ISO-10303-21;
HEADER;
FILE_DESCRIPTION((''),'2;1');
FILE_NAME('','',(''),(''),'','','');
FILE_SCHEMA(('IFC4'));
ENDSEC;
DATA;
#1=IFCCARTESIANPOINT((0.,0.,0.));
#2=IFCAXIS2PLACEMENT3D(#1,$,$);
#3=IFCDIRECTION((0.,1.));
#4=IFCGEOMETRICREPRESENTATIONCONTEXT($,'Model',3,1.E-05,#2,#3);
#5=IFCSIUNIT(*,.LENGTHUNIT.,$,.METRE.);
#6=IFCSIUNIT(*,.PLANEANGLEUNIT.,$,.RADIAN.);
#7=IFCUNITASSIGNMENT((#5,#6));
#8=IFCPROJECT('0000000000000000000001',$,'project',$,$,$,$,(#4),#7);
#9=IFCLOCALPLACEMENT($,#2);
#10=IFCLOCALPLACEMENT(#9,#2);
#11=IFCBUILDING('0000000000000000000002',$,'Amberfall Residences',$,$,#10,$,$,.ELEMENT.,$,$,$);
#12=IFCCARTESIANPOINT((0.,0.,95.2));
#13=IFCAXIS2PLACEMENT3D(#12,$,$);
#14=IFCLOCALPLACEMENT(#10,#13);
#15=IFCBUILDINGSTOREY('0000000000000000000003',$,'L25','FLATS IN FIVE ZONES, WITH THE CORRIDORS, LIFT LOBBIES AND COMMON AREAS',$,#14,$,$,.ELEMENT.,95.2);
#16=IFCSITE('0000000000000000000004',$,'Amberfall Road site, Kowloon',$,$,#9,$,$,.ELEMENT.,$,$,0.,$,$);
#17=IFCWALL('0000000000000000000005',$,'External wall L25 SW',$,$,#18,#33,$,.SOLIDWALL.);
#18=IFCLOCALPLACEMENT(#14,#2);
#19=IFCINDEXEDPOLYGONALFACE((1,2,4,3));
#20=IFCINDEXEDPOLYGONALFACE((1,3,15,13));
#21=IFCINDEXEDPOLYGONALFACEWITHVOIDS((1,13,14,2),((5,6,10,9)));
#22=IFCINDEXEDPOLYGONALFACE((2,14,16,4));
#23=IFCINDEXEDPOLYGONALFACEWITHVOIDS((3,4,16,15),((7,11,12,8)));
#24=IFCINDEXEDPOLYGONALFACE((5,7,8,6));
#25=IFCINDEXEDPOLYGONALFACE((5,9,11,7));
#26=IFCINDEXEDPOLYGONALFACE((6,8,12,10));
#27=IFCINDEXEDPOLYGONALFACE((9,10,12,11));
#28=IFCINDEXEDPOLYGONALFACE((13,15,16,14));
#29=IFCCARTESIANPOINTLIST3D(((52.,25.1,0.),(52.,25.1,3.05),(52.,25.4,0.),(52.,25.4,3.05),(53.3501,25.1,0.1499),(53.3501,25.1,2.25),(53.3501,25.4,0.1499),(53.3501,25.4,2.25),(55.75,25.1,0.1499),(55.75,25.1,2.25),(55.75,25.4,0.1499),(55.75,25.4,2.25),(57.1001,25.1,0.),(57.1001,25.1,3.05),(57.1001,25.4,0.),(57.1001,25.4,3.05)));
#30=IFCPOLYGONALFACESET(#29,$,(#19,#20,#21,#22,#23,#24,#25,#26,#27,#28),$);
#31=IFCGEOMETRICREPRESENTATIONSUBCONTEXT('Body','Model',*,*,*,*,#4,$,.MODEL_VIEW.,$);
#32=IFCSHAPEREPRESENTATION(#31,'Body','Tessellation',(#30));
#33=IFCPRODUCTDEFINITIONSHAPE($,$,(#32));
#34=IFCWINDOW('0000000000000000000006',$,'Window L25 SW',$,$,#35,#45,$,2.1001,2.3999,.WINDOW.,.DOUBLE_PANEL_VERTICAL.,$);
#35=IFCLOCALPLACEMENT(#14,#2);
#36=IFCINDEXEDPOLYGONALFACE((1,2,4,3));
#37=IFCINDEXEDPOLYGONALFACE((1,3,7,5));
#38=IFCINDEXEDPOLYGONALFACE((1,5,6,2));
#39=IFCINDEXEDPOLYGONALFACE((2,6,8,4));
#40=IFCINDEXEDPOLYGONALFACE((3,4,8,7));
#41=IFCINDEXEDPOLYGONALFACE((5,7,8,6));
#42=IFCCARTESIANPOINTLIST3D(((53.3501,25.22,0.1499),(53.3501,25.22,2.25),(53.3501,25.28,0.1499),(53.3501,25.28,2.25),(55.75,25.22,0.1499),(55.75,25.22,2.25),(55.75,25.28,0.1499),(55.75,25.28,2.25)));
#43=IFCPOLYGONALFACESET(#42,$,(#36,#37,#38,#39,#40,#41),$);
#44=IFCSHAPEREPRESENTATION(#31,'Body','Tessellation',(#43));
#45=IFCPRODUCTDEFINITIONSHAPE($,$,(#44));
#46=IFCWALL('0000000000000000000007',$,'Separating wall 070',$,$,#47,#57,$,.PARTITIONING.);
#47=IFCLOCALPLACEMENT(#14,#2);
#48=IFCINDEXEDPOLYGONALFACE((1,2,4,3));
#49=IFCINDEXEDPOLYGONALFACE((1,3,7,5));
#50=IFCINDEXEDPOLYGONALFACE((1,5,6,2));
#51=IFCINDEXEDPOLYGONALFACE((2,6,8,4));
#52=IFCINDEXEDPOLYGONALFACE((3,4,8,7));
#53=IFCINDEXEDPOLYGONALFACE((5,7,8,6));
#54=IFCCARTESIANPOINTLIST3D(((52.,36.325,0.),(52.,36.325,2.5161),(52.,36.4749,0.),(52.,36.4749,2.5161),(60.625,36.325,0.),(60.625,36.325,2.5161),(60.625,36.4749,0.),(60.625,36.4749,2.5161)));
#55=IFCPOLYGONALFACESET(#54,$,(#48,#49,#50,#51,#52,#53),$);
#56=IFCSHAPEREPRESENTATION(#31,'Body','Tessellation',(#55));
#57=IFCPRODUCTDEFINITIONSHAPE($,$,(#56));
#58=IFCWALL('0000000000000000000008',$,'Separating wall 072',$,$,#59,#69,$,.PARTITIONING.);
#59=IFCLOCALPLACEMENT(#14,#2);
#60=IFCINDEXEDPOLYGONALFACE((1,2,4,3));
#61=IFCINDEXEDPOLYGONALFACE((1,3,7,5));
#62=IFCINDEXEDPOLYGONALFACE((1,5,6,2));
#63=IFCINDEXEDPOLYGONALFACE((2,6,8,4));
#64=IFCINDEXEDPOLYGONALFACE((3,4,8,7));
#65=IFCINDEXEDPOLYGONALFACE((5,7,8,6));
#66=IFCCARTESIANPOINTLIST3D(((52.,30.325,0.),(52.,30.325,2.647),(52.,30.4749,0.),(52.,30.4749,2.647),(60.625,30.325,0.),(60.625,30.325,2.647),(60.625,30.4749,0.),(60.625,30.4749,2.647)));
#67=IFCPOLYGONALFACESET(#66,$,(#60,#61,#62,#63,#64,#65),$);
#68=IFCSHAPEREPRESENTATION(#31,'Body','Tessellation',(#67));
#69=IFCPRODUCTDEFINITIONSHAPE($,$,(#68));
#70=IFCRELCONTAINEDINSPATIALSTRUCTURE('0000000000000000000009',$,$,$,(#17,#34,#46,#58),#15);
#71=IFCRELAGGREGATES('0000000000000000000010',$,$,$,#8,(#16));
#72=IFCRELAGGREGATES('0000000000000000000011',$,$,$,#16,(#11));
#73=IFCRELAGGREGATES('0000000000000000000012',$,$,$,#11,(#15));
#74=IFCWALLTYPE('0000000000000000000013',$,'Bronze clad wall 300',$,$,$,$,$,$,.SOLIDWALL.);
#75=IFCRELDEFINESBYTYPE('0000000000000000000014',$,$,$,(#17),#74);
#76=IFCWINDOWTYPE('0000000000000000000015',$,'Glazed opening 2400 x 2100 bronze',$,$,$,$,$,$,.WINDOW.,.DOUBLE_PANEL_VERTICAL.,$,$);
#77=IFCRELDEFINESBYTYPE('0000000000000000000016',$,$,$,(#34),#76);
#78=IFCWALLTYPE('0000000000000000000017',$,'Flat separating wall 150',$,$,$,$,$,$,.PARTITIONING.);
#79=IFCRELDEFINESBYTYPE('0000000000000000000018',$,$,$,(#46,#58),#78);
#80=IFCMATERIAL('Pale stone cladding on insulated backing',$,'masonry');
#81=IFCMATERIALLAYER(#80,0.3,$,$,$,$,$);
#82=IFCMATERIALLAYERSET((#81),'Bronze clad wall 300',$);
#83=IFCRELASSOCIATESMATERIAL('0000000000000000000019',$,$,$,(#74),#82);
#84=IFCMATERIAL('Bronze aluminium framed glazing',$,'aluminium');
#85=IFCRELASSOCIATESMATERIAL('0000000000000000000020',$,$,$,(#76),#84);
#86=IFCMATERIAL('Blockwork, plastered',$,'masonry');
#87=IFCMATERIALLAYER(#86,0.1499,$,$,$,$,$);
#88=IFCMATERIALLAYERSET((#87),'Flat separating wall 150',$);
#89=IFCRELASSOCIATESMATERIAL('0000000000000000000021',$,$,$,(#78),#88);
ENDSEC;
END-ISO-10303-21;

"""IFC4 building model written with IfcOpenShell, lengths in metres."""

from ifc_helpers import new_model, si_unit, direction, frame, frame_2d, origin, place, context, subcontext, project, spatial, rectangle, extrude, material, layer, layer_set, type_object, element, fill, save


model = new_model("IFC4")

# Units and contexts
model_context = context("Model", 3, precision=1e-05, world=origin(), true_north=direction((0.0, 1.0)))
body_context = subcontext(model_context, "Body", "Model", "MODEL_VIEW")
ifc_project = project(units=[si_unit("LENGTHUNIT", "METRE"), si_unit("PLANEANGLEUNIT", "RADIAN")], contexts=[model_context])

# Site, building, storey
site_placement = place(None, origin())
site = spatial("IfcSite", under=ifc_project, at=site_placement, Name="Amberfall Road site, Kowloon", CompositionType="ELEMENT", RefElevation=0.0)
building_placement = place(site_placement, origin())
building = spatial("IfcBuilding", under=site, at=building_placement, Name="Amberfall Residences", CompositionType="ELEMENT")
storey_placement = place(building_placement, frame((0.0, 0.0, 95.2)))
storey = spatial("IfcBuildingStorey", under=building, at=storey_placement, Name="L25", Description="FLATS IN FIVE ZONES, WITH THE CORRIDORS, LIFT LOBBIES AND COMMON AREAS", CompositionType="ELEMENT", Elevation=95.2)

# Wall, opening, window
ifc_material_1 = material(Name="Pale stone cladding on insulated backing", Category="masonry")
ifc_layer_1 = layer(ifc_material_1, 0.3)
ifc_layer_set_1 = layer_set([ifc_layer_1], Name="Bronze clad wall 300")
wall_type_1 = type_object("IfcWallType", Name="Bronze clad wall 300", PredefinedType="SOLIDWALL", material=ifc_layer_set_1)
wall_1_placement = place(storey_placement, frame((52.0, 25.25, 0.0), z_axis=(0.0, 0.0, 1.0), x_axis=(1.0, 0.0, 0.0)))
wall_1 = element("IfcWall", 1, at=wall_1_placement, inside=storey, type_object=wall_type_1, Name="External wall L25 SW", PredefinedType="SOLIDWALL", context=body_context, shape_type="SweptSolid", body=[
    extrude(rectangle(XDim=5.1001, YDim=0.3, at=frame_2d((2.55, 0.0))), origin(), (0.0, 0.0, 1.0), 3.05),
])
opening_placement = place(wall_1_placement, frame((1.3501, 0.0, 0.1499)))
opening = element("IfcOpeningElement", 2, at=opening_placement, cuts=wall_1, PredefinedType="OPENING", context=body_context, shape_type="SweptSolid", body=[
    extrude(rectangle(XDim=2.3999, YDim=2.1001, at=frame_2d((1.2, 1.05))), frame((0.0, 0.1599, 0.0), z_axis=(0.0, -1.0, 0.0), x_axis=(1.0, 0.0, 0.0)), (0.0, 0.0, 1.0), 0.3201),
])
ifc_material_2 = material(Name="Bronze aluminium framed glazing", Category="aluminium")
window_type = type_object("IfcWindowType", Name="Glazed opening 2400 x 2100 bronze", PartitioningType="DOUBLE_PANEL_VERTICAL", PredefinedType="WINDOW", material=ifc_material_2)
window_placement = place(opening_placement, origin())
window = element("IfcWindow", 3, at=window_placement, inside=storey, type_object=window_type, Name="Window L25 SW", OverallHeight=2.1001, OverallWidth=2.3999, PartitioningType="DOUBLE_PANEL_VERTICAL", PredefinedType="WINDOW", context=body_context, shape_type="SweptSolid", body=[
    extrude(rectangle(XDim=2.3999, YDim=2.1001, at=frame_2d((1.2, 1.05))), frame((0.0, 0.03, 0.0), z_axis=(0.0, -1.0, 0.0), x_axis=(1.0, 0.0, 0.0)), (0.0, 0.0, 1.0), 0.0601),
])
fill(opening, window)

# Walls
ifc_material_3 = material(Name="Blockwork, plastered", Category="masonry")
ifc_layer_2 = layer(ifc_material_3, 0.1499)
ifc_layer_set_2 = layer_set([ifc_layer_2], Name="Flat separating wall 150")
wall_type_2 = type_object("IfcWallType", Name="Flat separating wall 150", PredefinedType="PARTITIONING", material=ifc_layer_set_2)
wall_2_placement = place(storey_placement, frame((52.0, 36.3999, 0.0), z_axis=(0.0, 0.0, 1.0), x_axis=(1.0, 0.0, 0.0)))
element("IfcWall", 4, at=wall_2_placement, inside=storey, type_object=wall_type_2, Name="Separating wall 070", PredefinedType="PARTITIONING", context=body_context, shape_type="SweptSolid", body=[
    extrude(rectangle(XDim=8.625, YDim=0.1499, at=frame_2d((4.3125, 0.0))), origin(), (0.0, 0.0, 1.0), 2.5161),
])
wall_3_placement = place(storey_placement, frame((52.0, 30.3999, 0.0), z_axis=(0.0, 0.0, 1.0), x_axis=(1.0, 0.0, 0.0)))
element("IfcWall", 5, at=wall_3_placement, inside=storey, type_object=wall_type_2, Name="Separating wall 072", PredefinedType="PARTITIONING", context=body_context, shape_type="SweptSolid", body=[
    extrude(rectangle(XDim=8.625, YDim=0.1499, at=frame_2d((4.3125, 0.0))), origin(), (0.0, 0.0, 1.0), 2.647),
])

save(model, "model.ifc")
